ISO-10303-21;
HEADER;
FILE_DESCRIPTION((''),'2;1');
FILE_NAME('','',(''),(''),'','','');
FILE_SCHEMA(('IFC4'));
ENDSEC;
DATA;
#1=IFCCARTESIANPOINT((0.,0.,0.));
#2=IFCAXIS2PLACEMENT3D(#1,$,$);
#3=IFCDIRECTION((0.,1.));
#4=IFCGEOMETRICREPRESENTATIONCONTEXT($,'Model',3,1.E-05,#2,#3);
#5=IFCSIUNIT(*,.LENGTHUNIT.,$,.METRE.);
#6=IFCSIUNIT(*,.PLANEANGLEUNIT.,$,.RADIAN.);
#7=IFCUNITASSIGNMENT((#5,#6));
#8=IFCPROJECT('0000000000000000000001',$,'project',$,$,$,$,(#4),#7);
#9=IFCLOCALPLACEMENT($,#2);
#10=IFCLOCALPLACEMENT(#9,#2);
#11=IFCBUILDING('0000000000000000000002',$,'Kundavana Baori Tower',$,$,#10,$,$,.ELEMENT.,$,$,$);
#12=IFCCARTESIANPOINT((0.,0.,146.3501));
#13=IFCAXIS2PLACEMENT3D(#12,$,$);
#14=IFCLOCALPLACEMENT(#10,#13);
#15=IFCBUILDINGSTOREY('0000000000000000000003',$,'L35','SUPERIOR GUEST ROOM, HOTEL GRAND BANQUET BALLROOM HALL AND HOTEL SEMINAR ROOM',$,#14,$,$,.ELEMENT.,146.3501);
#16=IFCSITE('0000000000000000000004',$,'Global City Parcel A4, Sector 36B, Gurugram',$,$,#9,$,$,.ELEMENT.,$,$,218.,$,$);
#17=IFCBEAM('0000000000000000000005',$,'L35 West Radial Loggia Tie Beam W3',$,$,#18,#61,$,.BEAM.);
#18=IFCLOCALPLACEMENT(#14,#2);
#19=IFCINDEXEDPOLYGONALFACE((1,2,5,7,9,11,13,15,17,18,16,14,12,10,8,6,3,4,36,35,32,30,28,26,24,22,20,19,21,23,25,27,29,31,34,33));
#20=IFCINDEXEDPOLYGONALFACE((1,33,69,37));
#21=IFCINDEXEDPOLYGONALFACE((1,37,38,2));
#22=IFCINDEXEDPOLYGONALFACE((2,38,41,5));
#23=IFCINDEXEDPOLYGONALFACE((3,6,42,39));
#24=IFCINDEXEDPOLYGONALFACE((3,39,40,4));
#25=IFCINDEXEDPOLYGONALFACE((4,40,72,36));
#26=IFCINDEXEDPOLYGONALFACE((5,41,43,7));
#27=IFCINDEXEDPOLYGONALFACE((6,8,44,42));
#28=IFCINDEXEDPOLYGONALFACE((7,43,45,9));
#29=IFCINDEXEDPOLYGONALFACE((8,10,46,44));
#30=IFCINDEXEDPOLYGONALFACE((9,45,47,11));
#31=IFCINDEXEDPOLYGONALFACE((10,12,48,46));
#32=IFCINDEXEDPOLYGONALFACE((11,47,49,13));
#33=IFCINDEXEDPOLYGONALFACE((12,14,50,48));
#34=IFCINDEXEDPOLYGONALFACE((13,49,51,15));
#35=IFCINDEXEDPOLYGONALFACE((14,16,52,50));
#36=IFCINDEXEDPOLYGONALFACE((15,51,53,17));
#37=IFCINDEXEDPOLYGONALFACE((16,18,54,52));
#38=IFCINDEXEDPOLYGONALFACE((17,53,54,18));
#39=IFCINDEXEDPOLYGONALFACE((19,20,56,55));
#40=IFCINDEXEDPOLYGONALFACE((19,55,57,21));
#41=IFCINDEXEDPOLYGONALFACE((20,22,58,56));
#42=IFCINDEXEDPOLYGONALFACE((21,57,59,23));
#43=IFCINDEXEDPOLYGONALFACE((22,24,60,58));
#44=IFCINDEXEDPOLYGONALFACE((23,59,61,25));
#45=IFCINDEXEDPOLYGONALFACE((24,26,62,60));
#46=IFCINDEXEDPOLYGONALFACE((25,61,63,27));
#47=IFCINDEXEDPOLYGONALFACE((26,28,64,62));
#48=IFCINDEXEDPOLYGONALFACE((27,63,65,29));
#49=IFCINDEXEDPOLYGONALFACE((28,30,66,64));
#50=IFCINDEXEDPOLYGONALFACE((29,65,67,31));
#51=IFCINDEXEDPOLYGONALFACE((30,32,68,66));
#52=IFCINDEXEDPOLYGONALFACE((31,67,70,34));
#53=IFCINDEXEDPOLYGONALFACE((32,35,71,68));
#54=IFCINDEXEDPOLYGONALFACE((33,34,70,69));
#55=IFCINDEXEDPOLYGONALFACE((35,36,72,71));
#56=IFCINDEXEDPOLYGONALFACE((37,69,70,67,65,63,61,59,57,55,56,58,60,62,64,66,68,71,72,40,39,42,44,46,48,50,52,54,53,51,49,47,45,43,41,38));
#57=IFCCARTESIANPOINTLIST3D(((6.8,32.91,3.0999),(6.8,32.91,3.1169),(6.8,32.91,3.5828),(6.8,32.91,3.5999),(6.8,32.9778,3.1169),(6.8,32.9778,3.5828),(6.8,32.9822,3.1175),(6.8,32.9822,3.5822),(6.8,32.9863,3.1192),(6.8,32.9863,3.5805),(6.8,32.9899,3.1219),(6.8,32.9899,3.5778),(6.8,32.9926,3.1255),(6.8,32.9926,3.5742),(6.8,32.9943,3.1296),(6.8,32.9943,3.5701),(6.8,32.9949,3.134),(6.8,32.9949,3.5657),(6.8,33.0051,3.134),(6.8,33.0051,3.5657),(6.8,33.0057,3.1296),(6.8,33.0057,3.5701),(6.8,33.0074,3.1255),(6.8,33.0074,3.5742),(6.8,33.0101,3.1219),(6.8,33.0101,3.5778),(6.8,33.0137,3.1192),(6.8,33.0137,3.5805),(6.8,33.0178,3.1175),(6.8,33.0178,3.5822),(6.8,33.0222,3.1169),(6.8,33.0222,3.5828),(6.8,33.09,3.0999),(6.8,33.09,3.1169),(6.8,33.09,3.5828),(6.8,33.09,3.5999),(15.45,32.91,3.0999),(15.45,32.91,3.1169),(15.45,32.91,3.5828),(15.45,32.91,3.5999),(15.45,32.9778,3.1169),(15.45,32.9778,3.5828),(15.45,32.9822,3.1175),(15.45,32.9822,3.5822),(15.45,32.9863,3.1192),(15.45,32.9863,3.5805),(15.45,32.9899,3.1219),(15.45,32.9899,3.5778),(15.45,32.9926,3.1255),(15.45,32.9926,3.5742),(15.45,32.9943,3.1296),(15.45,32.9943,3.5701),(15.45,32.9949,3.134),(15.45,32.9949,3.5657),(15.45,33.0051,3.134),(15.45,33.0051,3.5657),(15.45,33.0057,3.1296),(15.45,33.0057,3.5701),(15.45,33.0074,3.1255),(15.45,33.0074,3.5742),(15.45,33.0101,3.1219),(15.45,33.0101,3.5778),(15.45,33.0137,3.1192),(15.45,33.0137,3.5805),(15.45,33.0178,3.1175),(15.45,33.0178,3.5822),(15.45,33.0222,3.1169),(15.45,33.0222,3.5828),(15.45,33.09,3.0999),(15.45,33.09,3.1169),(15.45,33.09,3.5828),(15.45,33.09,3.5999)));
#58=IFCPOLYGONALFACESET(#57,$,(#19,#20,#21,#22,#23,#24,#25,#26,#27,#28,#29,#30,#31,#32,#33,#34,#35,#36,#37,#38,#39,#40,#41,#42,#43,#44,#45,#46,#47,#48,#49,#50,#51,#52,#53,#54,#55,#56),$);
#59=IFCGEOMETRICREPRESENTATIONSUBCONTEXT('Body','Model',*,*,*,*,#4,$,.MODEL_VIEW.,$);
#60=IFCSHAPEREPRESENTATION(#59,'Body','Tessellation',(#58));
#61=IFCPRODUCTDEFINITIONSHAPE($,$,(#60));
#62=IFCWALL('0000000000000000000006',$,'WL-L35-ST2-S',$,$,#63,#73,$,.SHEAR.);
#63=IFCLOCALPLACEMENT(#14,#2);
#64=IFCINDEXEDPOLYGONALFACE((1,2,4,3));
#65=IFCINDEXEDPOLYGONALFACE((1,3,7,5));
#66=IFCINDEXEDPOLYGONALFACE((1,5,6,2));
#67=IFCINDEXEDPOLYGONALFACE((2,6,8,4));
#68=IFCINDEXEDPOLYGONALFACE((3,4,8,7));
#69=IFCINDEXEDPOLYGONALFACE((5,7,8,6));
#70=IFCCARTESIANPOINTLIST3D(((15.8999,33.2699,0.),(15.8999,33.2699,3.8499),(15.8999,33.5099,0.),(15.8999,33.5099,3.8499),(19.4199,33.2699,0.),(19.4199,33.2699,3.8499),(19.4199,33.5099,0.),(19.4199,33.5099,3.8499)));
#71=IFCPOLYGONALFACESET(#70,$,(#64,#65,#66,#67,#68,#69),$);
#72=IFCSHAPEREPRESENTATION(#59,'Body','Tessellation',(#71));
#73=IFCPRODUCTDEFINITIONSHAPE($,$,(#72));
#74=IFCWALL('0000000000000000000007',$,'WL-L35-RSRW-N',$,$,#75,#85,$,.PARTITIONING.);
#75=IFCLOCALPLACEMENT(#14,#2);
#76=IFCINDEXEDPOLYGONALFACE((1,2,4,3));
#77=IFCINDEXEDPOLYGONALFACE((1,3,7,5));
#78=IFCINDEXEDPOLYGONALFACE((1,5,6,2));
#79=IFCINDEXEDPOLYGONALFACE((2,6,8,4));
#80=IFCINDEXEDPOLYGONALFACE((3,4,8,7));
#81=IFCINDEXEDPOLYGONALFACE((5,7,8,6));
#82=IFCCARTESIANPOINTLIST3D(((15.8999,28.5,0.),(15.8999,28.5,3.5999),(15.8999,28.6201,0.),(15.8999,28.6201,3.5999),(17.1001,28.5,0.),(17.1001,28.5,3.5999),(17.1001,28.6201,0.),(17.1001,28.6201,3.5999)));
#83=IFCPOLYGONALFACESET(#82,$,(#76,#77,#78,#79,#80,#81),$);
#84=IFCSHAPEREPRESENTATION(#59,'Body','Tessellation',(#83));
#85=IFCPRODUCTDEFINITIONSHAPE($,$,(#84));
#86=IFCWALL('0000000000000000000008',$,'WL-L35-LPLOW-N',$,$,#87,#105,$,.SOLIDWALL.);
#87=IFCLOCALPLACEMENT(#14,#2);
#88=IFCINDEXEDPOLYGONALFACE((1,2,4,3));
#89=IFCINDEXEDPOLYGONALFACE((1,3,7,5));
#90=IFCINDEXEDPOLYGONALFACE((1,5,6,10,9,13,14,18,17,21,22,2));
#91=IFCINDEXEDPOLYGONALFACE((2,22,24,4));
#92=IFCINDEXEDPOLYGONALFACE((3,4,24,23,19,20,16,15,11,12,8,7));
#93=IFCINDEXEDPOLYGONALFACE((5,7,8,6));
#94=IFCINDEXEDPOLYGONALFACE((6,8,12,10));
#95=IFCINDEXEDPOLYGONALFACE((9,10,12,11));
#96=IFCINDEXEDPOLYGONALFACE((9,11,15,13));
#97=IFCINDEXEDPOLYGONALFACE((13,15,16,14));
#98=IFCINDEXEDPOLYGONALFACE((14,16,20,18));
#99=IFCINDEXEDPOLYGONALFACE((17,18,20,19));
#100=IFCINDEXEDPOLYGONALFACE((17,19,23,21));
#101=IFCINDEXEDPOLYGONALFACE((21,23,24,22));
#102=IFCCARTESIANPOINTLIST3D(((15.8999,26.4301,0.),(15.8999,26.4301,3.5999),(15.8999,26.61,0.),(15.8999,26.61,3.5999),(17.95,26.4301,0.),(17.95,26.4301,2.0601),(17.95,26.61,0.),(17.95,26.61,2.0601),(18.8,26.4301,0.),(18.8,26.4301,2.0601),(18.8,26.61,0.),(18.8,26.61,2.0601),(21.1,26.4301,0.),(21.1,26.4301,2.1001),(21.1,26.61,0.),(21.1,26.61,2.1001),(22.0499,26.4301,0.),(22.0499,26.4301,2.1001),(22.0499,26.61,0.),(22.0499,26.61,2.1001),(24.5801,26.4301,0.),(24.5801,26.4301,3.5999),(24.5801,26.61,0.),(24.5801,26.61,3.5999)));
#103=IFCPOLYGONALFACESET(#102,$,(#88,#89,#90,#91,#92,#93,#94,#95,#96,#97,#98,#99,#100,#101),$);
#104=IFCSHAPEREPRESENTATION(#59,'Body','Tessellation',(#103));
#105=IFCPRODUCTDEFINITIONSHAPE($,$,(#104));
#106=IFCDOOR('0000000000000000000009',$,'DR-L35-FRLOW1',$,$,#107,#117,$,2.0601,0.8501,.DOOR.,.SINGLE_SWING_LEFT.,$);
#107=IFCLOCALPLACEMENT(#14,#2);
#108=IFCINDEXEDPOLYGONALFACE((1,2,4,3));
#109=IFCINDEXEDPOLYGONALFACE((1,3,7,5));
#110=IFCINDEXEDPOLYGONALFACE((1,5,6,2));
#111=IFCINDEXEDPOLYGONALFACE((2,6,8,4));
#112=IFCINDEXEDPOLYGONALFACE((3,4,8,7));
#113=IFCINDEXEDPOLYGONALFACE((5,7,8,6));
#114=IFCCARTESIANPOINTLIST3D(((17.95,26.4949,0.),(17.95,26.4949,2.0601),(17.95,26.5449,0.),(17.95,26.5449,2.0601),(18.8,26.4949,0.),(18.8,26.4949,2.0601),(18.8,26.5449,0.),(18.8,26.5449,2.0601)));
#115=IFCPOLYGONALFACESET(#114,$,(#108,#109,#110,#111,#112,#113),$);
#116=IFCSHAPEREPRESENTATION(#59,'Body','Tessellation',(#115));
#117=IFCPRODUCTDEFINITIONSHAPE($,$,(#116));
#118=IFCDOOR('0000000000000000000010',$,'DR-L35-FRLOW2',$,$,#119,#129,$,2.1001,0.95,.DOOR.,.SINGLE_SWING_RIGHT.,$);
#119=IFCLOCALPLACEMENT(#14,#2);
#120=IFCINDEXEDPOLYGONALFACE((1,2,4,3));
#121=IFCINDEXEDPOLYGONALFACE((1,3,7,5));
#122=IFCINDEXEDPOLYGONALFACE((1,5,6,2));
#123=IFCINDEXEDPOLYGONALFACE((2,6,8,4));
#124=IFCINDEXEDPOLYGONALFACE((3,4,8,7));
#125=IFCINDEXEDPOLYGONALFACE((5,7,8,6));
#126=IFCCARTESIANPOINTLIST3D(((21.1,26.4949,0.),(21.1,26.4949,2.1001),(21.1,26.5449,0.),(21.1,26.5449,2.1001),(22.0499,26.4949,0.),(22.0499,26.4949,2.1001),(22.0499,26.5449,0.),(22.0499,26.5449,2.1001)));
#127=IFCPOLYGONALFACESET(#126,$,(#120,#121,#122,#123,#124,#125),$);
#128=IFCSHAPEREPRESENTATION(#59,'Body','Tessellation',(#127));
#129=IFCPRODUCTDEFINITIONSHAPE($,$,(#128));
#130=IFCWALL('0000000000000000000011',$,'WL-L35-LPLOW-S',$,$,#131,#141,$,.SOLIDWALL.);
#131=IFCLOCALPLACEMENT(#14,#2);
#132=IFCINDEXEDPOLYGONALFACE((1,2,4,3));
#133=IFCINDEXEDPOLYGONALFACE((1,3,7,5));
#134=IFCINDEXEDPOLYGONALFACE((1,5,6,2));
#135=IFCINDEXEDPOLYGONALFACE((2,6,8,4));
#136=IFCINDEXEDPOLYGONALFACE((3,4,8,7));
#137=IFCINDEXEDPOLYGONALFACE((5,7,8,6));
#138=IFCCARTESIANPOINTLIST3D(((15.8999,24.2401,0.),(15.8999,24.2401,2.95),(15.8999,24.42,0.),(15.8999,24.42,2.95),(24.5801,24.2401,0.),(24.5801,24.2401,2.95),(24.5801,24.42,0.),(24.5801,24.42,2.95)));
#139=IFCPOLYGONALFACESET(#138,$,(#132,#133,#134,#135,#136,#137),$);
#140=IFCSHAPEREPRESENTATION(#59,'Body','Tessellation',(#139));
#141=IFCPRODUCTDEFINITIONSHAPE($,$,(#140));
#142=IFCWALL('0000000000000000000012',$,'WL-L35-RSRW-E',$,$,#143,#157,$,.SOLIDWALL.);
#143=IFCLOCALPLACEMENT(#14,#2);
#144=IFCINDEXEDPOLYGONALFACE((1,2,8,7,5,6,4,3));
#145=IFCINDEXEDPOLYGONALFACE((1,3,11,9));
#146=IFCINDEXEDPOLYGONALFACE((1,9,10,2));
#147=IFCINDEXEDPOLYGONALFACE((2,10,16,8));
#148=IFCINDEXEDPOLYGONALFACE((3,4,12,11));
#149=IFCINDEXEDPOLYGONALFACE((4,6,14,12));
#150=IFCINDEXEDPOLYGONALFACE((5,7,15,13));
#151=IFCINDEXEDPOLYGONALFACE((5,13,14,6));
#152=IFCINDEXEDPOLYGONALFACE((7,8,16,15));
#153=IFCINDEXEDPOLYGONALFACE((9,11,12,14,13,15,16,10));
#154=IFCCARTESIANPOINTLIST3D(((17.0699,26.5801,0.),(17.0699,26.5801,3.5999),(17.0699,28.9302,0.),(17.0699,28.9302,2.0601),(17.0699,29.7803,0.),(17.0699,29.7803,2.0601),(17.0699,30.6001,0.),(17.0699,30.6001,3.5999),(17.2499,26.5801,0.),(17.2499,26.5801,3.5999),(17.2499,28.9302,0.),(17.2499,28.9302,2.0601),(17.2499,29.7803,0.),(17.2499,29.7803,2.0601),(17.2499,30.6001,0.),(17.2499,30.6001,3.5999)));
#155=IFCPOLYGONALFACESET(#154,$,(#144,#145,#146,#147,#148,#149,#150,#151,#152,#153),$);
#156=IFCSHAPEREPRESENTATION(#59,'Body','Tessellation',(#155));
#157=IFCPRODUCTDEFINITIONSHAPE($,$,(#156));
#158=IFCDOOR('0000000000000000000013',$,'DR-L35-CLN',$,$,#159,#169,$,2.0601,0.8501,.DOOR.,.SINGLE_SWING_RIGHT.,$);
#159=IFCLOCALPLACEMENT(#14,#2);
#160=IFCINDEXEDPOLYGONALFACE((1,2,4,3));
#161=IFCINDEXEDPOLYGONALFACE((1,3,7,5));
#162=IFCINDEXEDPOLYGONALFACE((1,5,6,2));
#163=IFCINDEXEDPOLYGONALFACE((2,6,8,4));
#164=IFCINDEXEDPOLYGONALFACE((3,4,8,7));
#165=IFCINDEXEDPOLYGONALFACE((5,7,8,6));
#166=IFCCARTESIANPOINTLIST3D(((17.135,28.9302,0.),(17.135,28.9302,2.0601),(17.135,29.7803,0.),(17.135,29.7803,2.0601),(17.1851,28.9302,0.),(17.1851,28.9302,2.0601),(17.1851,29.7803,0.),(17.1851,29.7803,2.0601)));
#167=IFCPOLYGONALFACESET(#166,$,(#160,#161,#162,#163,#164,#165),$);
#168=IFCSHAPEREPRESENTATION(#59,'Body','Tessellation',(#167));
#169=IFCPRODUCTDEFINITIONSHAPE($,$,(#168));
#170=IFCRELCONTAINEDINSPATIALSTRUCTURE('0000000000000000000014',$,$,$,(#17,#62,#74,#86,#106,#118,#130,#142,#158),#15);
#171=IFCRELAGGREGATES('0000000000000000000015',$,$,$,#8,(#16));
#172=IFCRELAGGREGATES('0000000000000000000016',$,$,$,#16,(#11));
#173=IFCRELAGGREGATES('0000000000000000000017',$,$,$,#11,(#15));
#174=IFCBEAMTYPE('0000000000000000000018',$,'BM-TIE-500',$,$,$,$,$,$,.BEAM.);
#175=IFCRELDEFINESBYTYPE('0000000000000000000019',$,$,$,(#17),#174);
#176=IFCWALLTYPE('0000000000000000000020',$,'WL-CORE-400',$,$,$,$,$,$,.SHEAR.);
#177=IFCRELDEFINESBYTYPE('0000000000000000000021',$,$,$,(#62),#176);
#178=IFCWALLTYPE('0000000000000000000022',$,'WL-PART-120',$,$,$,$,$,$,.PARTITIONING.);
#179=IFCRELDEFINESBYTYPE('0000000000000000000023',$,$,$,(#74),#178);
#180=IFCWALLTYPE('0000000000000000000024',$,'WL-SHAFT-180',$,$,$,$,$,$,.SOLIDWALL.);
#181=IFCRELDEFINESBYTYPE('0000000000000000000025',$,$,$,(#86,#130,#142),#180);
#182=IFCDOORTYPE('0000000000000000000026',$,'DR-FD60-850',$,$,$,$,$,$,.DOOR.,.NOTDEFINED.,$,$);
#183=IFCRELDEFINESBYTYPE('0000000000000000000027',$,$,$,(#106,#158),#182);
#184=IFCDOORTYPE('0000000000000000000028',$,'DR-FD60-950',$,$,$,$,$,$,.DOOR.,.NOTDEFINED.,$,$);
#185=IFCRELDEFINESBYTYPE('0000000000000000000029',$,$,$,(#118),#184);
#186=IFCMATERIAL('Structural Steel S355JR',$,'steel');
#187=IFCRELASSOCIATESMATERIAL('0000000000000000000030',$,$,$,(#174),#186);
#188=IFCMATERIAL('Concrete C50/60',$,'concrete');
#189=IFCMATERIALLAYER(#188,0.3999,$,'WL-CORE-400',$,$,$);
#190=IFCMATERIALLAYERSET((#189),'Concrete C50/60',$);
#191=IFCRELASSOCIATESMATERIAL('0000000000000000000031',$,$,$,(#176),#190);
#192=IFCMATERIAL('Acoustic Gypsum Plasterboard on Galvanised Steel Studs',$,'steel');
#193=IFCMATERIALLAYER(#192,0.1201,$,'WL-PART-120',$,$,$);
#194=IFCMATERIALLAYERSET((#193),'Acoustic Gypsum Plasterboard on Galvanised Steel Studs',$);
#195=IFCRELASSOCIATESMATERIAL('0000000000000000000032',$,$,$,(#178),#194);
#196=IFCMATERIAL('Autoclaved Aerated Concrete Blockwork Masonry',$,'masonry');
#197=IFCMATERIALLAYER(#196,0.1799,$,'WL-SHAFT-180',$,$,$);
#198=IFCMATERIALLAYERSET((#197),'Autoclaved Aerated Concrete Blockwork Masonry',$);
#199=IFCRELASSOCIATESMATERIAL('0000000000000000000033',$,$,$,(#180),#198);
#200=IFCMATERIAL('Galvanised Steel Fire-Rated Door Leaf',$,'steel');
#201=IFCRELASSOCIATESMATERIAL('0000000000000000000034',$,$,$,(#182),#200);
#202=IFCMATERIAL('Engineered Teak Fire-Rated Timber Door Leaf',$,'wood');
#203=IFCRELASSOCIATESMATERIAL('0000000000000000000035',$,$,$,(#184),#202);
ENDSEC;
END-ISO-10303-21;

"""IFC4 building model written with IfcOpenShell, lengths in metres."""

from ifc_helpers import new_model, si_unit, direction, frame, frame_2d, origin, origin_2d, place, context, subcontext, project, spatial, rectangle, i_section, extrude, material, layer, layer_set, material_profile, profile_set, type_object, element, fill, save


model = new_model("IFC4")

# Units and contexts
model_context = context("Model", 3, precision=1e-05, world=origin(), true_north=direction((0.0, 1.0)))
body_context = subcontext(model_context, "Body", "Model", "MODEL_VIEW")
ifc_project = project(units=[si_unit("LENGTHUNIT", "METRE"), si_unit("PLANEANGLEUNIT", "RADIAN")], contexts=[model_context])

# Site, building, storey
site_placement = place(None, origin())
site = spatial("IfcSite", under=ifc_project, at=site_placement, Name="Global City Parcel A4, Sector 36B, Gurugram", CompositionType="ELEMENT", RefElevation=218.0)
building_placement = place(site_placement, origin())
building = spatial("IfcBuilding", under=site, at=building_placement, Name="Kundavana Baori Tower", CompositionType="ELEMENT")
storey_placement = place(building_placement, frame((0.0, 0.0, 146.3501)))
storey = spatial("IfcBuildingStorey", under=building, at=storey_placement, Name="L35", Description="SUPERIOR GUEST ROOM, HOTEL GRAND BANQUET BALLROOM HALL AND HOTEL SEMINAR ROOM", CompositionType="ELEMENT", Elevation=146.3501)

# Beam
ifc_material_1 = material(Name="Structural Steel S355JR", Category="steel")
ifc_material_profile_1 = material_profile(ifc_material_1, i_section(OverallWidth=0.1799, OverallDepth=0.5, WebThickness=0.0103, FlangeThickness=0.0171, FilletRadius=0.0171, at=origin_2d()), Name="ISMB 500")
ifc_profile_set_1 = profile_set([ifc_material_profile_1], Name="Structural Steel S355JR")
beam_type_1 = type_object("IfcBeamType", Name="BM-TIE-500", PredefinedType="BEAM", material=ifc_profile_set_1)
for number, where, z_axis, x_axis, name in (
    (1, (15.45, 33.0, 3.3499), (-1.0, 0.0, 0.0), (0.0, -1.0, 0.0), "L35 West Radial Loggia Tie Beam W3"),
):
    element("IfcBeam", number, at=place(storey_placement, frame(where, z_axis=z_axis, x_axis=x_axis)), inside=storey, type_object=beam_type_1, Name=name, PredefinedType="BEAM", context=body_context, shape_type="SweptSolid", body=[
        extrude(i_section(OverallWidth=0.1799, OverallDepth=0.5, WebThickness=0.0103, FlangeThickness=0.0171, FilletRadius=0.0171, at=origin_2d()), origin(), (0.0, 0.0, 1.0), 8.6499),
    ])

# Walls
ifc_material_2 = material(Name="Concrete C50/60", Category="concrete")
ifc_layer_1 = layer(ifc_material_2, 0.3999, Name="WL-CORE-400")
ifc_layer_set_1 = layer_set([ifc_layer_1], Name="Concrete C50/60")
wall_type_1 = type_object("IfcWallType", Name="WL-CORE-400", PredefinedType="SHEAR", material=ifc_layer_set_1)
wall_1_placement = place(storey_placement, frame((15.8999, 33.3899, 0.0), z_axis=(0.0, 0.0, 1.0), x_axis=(1.0, 0.0, 0.0)))
element("IfcWall", 2, at=wall_1_placement, inside=storey, type_object=wall_type_1, Name="WL-L35-ST2-S", PredefinedType="SHEAR", context=body_context, shape_type="SweptSolid", body=[
    extrude(rectangle(XDim=3.52, YDim=0.24, at=frame_2d((1.76, 0.0))), origin(), (0.0, 0.0, 1.0), 3.8499),
])
ifc_material_3 = material(Name="Acoustic Gypsum Plasterboard on Galvanised Steel Studs", Category="steel")
ifc_layer_2 = layer(ifc_material_3, 0.1201, Name="WL-PART-120")
ifc_layer_set_2 = layer_set([ifc_layer_2], Name="Acoustic Gypsum Plasterboard on Galvanised Steel Studs")
wall_type_2 = type_object("IfcWallType", Name="WL-PART-120", PredefinedType="PARTITIONING", material=ifc_layer_set_2)
wall_2_placement = place(storey_placement, frame((15.8999, 28.5601, 0.0), z_axis=(0.0, 0.0, 1.0), x_axis=(1.0, 0.0, 0.0)))
element("IfcWall", 3, at=wall_2_placement, inside=storey, type_object=wall_type_2, Name="WL-L35-RSRW-N", PredefinedType="PARTITIONING", context=body_context, shape_type="SweptSolid", body=[
    extrude(rectangle(XDim=1.2002, YDim=0.1201, at=frame_2d((0.6001, 0.0))), origin(), (0.0, 0.0, 1.0), 3.5999),
])

# Wall, openings, doors
ifc_material_4 = material(Name="Autoclaved Aerated Concrete Blockwork Masonry", Category="masonry")
ifc_layer_3 = layer(ifc_material_4, 0.1799, Name="WL-SHAFT-180")
ifc_layer_set_3 = layer_set([ifc_layer_3], Name="Autoclaved Aerated Concrete Blockwork Masonry")
wall_type_3 = type_object("IfcWallType", Name="WL-SHAFT-180", PredefinedType="SOLIDWALL", material=ifc_layer_set_3)
wall_3_placement = place(storey_placement, frame((15.8999, 26.52, 0.0), z_axis=(0.0, 0.0, 1.0), x_axis=(1.0, 0.0, 0.0)))
wall_3 = element("IfcWall", 4, at=wall_3_placement, inside=storey, type_object=wall_type_3, Name="WL-L35-LPLOW-N", PredefinedType="SOLIDWALL", context=body_context, shape_type="SweptSolid", body=[
    extrude(rectangle(XDim=8.6802, YDim=0.1799, at=frame_2d((4.3401, 0.0))), origin(), (0.0, 0.0, 1.0), 3.5999),
])
opening_1_placement = place(wall_3_placement, frame((2.05, 0.0, 0.0)))
opening_1 = element("IfcOpeningElement", 5, at=opening_1_placement, cuts=wall_3, PredefinedType="OPENING", context=body_context, shape_type="SweptSolid", body=[
    extrude(rectangle(XDim=0.8501, YDim=2.0601, at=frame_2d((0.425, 1.03))), frame((0.0, 0.1001, 0.0), z_axis=(0.0, -1.0, 0.0), x_axis=(1.0, 0.0, 0.0)), (0.0, 0.0, 1.0), 0.2),
])
opening_2_placement = place(wall_3_placement, frame((5.2, 0.0, 0.0)))
opening_2 = element("IfcOpeningElement", 6, at=opening_2_placement, cuts=wall_3, PredefinedType="OPENING", context=body_context, shape_type="SweptSolid", body=[
    extrude(rectangle(XDim=0.95, YDim=2.1001, at=frame_2d((0.4751, 1.05))), frame((0.0, 0.1001, 0.0), z_axis=(0.0, -1.0, 0.0), x_axis=(1.0, 0.0, 0.0)), (0.0, 0.0, 1.0), 0.2),
])
ifc_material_5 = material(Name="Galvanised Steel Fire-Rated Door Leaf", Category="steel")
door_type_1 = type_object("IfcDoorType", Name="DR-FD60-850", OperationType="NOTDEFINED", PredefinedType="DOOR", material=ifc_material_5)
door_1_placement = place(opening_1_placement, origin())
door_1 = element("IfcDoor", 7, at=door_1_placement, inside=storey, type_object=door_type_1, Name="DR-L35-FRLOW1", OperationType="SINGLE_SWING_LEFT", OverallHeight=2.0601, OverallWidth=0.8501, PredefinedType="DOOR", context=body_context, shape_type="SweptSolid", body=[
    extrude(rectangle(XDim=0.8501, YDim=2.0601, at=frame_2d((0.425, 1.03))), frame((0.0, 0.0249, 0.0), z_axis=(0.0, -1.0, 0.0), x_axis=(1.0, 0.0, 0.0)), (0.0, 0.0, 1.0), 0.05),
])
fill(opening_1, door_1)
ifc_material_6 = material(Name="Engineered Teak Fire-Rated Timber Door Leaf", Category="wood")
door_type_2 = type_object("IfcDoorType", Name="DR-FD60-950", OperationType="NOTDEFINED", PredefinedType="DOOR", material=ifc_material_6)
door_2_placement = place(opening_2_placement, origin())
door_2 = element("IfcDoor", 8, at=door_2_placement, inside=storey, type_object=door_type_2, Name="DR-L35-FRLOW2", OperationType="SINGLE_SWING_RIGHT", OverallHeight=2.1001, OverallWidth=0.95, PredefinedType="DOOR", context=body_context, shape_type="SweptSolid", body=[
    extrude(rectangle(XDim=0.95, YDim=2.1001, at=frame_2d((0.4751, 1.05))), frame((0.0, 0.0249, 0.0), z_axis=(0.0, -1.0, 0.0), x_axis=(1.0, 0.0, 0.0)), (0.0, 0.0, 1.0), 0.05),
])
fill(opening_2, door_2)

# Wall
wall_4_placement = place(storey_placement, frame((15.8999, 24.3301, 0.0), z_axis=(0.0, 0.0, 1.0), x_axis=(1.0, 0.0, 0.0)))
element("IfcWall", 9, at=wall_4_placement, inside=storey, type_object=wall_type_3, Name="WL-L35-LPLOW-S", PredefinedType="SOLIDWALL", context=body_context, shape_type="SweptSolid", body=[
    extrude(rectangle(XDim=8.6802, YDim=0.1799, at=frame_2d((4.3401, 0.0))), origin(), (0.0, 0.0, 1.0), 2.95),
])

# Wall, opening, door
wall_5_placement = place(storey_placement, frame((17.1599, 26.5801, 0.0), z_axis=(0.0, 0.0, 1.0), x_axis=(0.0, 1.0, 0.0)))
wall_5 = element("IfcWall", 10, at=wall_5_placement, inside=storey, type_object=wall_type_3, Name="WL-L35-RSRW-E", PredefinedType="SOLIDWALL", context=body_context, shape_type="SweptSolid", body=[
    extrude(rectangle(XDim=4.02, YDim=0.1799, at=frame_2d((2.01, 0.0))), origin(), (0.0, 0.0, 1.0), 3.5999),
])
opening_3_placement = place(wall_5_placement, frame((2.3501, 0.0, 0.0)))
opening_3 = element("IfcOpeningElement", 11, at=opening_3_placement, cuts=wall_5, PredefinedType="OPENING", context=body_context, shape_type="SweptSolid", body=[
    extrude(rectangle(XDim=0.8501, YDim=2.0601, at=frame_2d((0.425, 1.03))), frame((0.0, 0.1001, 0.0), z_axis=(0.0, -1.0, 0.0), x_axis=(1.0, 0.0, 0.0)), (0.0, 0.0, 1.0), 0.2),
])
door_3_placement = place(opening_3_placement, origin())
door_3 = element("IfcDoor", 12, at=door_3_placement, inside=storey, type_object=door_type_1, Name="DR-L35-CLN", OperationType="SINGLE_SWING_RIGHT", OverallHeight=2.0601, OverallWidth=0.8501, PredefinedType="DOOR", context=body_context, shape_type="SweptSolid", body=[
    extrude(rectangle(XDim=0.8501, YDim=2.0601, at=frame_2d((0.425, 1.03))), frame((0.0, 0.0249, 0.0), z_axis=(0.0, -1.0, 0.0), x_axis=(1.0, 0.0, 0.0)), (0.0, 0.0, 1.0), 0.05),
])
fill(opening_3, door_3)

save(model, "model.ifc")
